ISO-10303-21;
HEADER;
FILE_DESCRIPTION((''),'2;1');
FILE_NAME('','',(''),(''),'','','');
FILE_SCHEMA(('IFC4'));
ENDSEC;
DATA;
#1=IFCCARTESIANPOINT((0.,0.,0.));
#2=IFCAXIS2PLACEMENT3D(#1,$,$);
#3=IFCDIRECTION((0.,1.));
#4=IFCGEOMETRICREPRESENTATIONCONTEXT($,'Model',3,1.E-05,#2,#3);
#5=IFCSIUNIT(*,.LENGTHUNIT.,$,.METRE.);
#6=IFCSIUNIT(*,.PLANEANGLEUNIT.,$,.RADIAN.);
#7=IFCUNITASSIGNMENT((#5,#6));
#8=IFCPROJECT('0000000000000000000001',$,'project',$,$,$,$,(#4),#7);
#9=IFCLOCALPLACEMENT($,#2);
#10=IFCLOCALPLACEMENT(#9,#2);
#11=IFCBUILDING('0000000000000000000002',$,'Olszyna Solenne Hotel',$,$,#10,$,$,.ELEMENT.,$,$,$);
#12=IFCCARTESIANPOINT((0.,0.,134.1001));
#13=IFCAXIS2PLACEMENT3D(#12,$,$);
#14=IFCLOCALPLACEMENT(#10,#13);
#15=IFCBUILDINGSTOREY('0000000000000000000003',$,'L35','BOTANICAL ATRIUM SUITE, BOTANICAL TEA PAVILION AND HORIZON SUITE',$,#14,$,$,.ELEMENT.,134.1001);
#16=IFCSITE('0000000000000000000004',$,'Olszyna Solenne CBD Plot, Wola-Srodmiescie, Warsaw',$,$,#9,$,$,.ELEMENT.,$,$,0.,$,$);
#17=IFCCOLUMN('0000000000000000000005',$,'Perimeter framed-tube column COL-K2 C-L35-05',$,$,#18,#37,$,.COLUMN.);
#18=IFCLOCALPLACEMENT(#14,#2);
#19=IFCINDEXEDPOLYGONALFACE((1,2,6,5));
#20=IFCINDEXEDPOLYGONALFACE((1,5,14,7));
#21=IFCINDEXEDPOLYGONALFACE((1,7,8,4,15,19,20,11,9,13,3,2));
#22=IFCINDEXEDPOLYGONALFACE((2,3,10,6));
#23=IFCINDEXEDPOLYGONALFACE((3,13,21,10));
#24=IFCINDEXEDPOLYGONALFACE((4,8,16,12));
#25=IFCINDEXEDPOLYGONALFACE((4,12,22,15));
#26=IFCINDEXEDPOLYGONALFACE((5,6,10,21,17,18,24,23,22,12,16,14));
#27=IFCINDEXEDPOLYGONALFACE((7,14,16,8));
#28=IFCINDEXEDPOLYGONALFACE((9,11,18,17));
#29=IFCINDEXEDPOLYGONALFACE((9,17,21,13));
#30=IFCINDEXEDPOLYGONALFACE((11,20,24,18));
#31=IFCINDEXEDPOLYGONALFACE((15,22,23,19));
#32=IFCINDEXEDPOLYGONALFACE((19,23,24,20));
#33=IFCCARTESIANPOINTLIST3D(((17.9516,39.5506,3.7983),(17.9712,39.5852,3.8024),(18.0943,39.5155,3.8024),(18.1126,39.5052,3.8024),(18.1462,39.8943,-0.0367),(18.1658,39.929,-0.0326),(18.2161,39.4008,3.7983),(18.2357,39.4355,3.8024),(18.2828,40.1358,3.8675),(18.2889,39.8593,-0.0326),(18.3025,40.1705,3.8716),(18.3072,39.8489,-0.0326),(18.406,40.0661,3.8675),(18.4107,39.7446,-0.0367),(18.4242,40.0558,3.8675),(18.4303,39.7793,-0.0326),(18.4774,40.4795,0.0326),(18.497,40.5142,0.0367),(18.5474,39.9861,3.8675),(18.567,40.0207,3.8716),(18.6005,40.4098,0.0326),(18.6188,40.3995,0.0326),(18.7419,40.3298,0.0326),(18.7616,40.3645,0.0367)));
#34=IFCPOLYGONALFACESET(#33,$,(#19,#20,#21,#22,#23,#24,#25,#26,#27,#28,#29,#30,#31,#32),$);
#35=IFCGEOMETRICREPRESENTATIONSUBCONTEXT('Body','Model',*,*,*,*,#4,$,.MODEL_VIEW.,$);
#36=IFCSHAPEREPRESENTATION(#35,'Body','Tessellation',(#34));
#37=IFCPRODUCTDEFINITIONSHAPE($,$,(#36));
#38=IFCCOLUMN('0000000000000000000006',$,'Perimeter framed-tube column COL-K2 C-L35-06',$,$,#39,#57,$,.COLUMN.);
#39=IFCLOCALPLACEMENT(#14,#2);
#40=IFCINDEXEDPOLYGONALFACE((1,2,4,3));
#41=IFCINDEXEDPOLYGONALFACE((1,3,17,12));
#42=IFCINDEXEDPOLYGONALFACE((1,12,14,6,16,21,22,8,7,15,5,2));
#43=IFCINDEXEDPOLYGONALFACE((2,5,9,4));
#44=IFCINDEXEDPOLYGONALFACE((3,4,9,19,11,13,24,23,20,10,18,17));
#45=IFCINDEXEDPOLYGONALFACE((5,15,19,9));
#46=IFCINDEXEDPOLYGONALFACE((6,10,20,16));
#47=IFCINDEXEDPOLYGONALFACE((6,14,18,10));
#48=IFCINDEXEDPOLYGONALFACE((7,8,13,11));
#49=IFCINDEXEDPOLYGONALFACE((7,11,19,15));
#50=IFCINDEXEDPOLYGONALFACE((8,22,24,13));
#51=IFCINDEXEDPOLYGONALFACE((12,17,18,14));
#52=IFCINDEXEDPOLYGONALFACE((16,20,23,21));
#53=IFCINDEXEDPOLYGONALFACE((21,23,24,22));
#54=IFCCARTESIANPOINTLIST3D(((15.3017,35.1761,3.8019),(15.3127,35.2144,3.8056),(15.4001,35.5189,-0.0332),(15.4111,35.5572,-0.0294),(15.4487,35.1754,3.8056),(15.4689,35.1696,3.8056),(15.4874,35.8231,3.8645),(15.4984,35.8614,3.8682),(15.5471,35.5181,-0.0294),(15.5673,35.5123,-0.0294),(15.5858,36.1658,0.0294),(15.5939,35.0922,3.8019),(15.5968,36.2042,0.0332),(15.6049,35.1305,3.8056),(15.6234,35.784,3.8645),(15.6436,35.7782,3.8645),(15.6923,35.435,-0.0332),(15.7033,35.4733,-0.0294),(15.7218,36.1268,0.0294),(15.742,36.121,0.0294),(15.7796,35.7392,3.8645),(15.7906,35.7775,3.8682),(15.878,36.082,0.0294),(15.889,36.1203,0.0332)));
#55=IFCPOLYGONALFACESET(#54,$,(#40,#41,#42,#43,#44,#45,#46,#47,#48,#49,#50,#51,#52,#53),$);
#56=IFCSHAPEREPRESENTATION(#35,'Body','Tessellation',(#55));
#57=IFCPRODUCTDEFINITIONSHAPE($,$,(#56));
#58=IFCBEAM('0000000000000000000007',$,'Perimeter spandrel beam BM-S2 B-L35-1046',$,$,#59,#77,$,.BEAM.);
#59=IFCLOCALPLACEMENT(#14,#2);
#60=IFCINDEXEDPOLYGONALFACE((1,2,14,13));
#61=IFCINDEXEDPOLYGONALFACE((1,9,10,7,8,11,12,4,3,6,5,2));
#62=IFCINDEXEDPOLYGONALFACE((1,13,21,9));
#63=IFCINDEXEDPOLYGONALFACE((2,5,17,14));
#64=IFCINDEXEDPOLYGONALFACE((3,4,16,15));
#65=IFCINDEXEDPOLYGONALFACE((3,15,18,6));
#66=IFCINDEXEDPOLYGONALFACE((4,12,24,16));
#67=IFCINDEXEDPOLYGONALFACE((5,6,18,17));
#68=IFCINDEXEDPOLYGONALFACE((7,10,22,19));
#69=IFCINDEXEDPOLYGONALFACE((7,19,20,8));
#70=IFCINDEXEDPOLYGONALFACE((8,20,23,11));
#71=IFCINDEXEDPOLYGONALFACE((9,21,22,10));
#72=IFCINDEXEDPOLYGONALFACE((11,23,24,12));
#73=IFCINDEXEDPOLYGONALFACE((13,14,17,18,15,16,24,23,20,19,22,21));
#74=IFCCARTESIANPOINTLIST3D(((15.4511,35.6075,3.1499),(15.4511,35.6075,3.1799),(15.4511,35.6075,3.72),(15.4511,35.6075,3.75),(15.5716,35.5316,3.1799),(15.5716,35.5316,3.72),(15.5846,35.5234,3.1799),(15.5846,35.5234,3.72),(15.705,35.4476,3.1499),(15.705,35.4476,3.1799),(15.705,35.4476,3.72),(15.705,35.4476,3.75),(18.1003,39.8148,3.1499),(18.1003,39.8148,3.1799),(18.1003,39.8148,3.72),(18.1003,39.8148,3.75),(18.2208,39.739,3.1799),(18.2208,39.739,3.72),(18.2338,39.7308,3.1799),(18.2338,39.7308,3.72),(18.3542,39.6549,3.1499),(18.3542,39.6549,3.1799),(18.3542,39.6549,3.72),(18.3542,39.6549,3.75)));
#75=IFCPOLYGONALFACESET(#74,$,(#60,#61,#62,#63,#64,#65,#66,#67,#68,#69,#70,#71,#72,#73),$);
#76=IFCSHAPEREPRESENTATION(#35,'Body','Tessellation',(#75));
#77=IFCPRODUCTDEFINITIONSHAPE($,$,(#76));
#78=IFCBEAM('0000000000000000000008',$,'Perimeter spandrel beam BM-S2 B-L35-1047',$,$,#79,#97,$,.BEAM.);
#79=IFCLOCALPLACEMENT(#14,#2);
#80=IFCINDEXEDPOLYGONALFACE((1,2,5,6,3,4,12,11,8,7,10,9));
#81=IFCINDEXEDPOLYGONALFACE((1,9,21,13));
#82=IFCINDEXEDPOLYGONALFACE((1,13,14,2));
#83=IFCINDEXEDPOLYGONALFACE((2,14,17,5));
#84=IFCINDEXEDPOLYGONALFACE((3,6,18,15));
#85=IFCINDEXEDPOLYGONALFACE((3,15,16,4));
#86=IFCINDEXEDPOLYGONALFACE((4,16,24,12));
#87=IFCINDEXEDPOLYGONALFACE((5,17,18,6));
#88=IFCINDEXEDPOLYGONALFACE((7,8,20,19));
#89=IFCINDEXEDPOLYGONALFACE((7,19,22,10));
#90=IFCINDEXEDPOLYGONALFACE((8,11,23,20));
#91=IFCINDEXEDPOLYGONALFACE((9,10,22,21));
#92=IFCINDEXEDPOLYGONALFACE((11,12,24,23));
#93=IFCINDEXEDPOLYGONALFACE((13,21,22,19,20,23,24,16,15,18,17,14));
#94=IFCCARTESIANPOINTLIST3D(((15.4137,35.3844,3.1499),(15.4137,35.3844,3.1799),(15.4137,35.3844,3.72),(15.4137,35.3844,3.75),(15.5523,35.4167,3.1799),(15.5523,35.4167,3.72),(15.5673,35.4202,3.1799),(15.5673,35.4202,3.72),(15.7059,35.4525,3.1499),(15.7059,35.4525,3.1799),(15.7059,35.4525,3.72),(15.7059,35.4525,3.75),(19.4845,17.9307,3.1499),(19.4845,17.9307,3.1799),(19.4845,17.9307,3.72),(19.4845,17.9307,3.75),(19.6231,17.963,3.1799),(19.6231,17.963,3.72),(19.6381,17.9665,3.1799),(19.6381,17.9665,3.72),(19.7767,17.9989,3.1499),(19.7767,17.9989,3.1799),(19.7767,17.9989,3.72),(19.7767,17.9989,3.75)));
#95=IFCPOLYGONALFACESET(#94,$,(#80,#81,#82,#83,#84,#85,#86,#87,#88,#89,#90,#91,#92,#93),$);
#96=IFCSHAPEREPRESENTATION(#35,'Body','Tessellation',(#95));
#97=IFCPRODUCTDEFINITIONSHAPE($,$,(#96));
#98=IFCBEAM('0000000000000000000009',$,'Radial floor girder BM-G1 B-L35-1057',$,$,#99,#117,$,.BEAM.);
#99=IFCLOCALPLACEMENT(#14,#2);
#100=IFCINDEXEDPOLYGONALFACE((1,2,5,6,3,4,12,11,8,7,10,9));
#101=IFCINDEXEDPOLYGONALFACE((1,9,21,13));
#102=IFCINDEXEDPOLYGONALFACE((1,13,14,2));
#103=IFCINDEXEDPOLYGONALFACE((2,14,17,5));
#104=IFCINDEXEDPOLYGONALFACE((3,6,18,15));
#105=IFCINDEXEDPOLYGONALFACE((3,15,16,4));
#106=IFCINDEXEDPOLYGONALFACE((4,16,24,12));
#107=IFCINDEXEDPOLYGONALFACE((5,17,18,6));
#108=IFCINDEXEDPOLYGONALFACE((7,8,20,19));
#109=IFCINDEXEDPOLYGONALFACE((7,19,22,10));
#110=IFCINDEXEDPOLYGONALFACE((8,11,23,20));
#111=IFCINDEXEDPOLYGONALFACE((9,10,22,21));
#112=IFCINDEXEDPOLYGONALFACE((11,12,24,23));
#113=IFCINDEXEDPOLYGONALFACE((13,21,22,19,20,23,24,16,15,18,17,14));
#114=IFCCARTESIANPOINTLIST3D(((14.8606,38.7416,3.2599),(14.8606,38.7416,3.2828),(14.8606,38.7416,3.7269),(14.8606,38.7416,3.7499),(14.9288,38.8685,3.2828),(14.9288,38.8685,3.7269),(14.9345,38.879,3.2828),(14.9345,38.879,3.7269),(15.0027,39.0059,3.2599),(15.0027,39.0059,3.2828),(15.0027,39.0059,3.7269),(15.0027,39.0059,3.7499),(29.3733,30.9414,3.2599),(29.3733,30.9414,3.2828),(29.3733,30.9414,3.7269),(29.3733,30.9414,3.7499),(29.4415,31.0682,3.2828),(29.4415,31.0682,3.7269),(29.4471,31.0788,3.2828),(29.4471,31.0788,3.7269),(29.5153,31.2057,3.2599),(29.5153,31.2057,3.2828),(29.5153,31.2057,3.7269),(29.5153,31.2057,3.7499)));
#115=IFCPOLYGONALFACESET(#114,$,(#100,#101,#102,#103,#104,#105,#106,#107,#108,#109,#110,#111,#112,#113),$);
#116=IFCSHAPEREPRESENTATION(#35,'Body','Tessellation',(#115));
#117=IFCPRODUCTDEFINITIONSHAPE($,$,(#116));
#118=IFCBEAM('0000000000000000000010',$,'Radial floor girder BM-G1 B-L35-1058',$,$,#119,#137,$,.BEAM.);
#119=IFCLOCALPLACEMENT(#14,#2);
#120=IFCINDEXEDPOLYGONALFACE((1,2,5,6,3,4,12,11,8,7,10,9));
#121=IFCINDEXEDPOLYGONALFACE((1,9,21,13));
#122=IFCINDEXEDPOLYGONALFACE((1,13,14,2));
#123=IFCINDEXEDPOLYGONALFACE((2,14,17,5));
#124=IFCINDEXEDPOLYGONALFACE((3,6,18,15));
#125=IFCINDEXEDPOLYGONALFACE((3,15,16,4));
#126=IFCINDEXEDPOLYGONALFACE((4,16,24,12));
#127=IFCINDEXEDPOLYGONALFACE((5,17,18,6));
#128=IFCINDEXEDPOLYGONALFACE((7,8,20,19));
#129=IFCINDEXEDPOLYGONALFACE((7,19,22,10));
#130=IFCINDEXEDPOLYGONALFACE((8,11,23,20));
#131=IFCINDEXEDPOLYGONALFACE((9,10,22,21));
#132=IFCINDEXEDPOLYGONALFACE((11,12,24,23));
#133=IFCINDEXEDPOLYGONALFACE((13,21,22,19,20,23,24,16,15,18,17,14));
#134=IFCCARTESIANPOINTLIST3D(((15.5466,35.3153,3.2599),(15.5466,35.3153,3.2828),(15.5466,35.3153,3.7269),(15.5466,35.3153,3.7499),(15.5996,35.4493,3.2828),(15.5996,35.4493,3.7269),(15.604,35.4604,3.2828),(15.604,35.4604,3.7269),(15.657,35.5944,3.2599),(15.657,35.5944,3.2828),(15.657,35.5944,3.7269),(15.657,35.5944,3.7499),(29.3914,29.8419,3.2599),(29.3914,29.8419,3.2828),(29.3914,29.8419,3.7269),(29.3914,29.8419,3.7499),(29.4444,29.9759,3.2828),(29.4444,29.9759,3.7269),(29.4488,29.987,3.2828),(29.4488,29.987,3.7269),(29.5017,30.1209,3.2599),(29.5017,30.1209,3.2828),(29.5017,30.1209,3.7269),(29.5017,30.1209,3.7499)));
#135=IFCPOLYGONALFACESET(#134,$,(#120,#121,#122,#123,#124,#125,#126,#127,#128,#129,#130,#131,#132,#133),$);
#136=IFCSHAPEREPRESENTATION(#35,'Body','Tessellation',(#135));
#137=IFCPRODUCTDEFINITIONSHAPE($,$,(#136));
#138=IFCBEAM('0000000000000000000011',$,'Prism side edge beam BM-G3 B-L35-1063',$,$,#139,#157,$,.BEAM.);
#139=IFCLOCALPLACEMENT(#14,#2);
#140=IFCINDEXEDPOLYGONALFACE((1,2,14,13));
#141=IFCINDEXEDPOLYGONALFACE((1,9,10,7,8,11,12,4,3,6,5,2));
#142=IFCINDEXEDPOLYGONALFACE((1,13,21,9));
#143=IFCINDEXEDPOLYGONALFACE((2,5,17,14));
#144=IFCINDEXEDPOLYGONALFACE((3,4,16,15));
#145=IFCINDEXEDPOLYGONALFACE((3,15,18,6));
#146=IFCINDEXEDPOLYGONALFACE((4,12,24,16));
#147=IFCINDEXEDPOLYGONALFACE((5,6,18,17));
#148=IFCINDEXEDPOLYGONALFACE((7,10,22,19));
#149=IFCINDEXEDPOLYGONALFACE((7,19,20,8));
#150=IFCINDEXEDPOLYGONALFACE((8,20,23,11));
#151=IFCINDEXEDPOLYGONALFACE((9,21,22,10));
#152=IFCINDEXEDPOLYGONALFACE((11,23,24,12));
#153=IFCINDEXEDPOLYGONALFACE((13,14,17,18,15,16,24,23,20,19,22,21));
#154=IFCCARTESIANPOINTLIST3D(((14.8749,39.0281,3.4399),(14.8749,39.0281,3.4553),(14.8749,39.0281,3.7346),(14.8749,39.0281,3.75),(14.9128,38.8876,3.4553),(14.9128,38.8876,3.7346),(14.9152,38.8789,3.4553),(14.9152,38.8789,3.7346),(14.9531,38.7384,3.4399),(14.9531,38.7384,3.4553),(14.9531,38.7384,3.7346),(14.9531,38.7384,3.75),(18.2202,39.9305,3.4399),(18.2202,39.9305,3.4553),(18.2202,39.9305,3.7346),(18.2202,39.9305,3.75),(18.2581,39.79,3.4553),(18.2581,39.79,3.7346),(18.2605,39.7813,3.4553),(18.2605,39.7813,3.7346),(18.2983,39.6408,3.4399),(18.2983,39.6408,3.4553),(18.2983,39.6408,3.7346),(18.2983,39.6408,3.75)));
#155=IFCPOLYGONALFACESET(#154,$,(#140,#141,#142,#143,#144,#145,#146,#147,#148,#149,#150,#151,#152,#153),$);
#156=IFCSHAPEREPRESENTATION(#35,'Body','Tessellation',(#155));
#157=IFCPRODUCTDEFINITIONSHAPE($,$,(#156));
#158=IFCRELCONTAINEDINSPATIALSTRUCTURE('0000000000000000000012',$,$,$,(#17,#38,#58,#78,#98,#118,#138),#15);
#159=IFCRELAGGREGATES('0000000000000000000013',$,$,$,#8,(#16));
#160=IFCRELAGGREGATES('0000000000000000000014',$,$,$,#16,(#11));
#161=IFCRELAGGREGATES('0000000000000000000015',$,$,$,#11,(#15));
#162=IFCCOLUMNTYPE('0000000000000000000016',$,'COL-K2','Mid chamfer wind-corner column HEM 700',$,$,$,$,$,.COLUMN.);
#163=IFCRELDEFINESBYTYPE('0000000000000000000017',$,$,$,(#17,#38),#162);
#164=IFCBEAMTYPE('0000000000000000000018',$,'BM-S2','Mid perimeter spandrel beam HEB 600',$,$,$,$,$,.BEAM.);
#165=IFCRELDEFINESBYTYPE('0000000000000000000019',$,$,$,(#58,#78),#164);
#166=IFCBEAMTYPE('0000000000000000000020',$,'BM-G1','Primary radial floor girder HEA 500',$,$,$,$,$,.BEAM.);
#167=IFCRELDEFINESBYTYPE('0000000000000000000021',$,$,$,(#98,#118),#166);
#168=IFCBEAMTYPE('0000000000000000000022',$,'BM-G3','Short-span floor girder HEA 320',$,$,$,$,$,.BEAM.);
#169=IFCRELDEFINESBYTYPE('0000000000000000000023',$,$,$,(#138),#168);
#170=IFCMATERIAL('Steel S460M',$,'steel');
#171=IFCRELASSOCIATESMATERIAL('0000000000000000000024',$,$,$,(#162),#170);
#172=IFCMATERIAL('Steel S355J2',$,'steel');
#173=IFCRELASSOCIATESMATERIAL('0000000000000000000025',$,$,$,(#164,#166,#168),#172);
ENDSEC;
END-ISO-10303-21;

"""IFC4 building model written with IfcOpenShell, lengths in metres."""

from ifc_helpers import new_model, si_unit, direction, frame, origin, origin_2d, place, context, subcontext, project, spatial, i_section, extrude, source, transform, mapped, material, material_profile, profile_set, type_object, element, save


model = new_model("IFC4")

# Units and contexts
model_context = context("Model", 3, precision=1e-05, world=origin(), true_north=direction((0.0, 1.0)))
body_context = subcontext(model_context, "Body", "Model", "MODEL_VIEW")
ifc_project = project(units=[si_unit("LENGTHUNIT", "METRE"), si_unit("PLANEANGLEUNIT", "RADIAN")], contexts=[model_context])

# Site, building, storey
site_placement = place(None, origin())
site = spatial("IfcSite", under=ifc_project, at=site_placement, Name="Olszyna Solenne CBD Plot, Wola-Srodmiescie, Warsaw", CompositionType="ELEMENT", RefElevation=0.0)
building_placement = place(site_placement, origin())
building = spatial("IfcBuilding", under=site, at=building_placement, Name="Olszyna Solenne Hotel", CompositionType="ELEMENT")
storey_placement = place(building_placement, frame((0.0, 0.0, 134.1001)))
storey = spatial("IfcBuildingStorey", under=building, at=storey_placement, Name="L35", Description="BOTANICAL ATRIUM SUITE, BOTANICAL TEA PAVILION AND HORIZON SUITE", CompositionType="ELEMENT", Elevation=134.1001)

# Columns
ifc_material_1 = material(Name="Steel S460M", Category="steel")
ifc_material_profile_1 = material_profile(ifc_material_1, i_section(OverallWidth=0.304, OverallDepth=0.7161, WebThickness=0.021, FlangeThickness=0.04, at=origin_2d()), Name="HEM 700", Category="load-bearing")
ifc_profile_set_1 = profile_set([ifc_material_profile_1], Name="Steel S460M")
column_type = type_object("IfcColumnType", Name="COL-K2", Description="Mid chamfer wind-corner column HEM 700", PredefinedType="COLUMN", material=ifc_profile_set_1)
shared_shape_1 = source(origin(), body_context, "Body", "SweptSolid", [
    extrude(i_section(OverallWidth=0.304, OverallDepth=0.7161, WebThickness=0.021, FlangeThickness=0.04, at=origin_2d()), origin(), (0.0, 0.0, 1.0), 3.8552),
])
column_1_placement = place(storey_placement, frame((18.4539, 40.1294, 0.0), z_axis=(-0.050471, -0.089164, 0.994737), x_axis=(0.870252, -0.492607, 0.0)))
element("IfcColumn", 1, at=column_1_placement, inside=storey, type_object=column_type, Name="Perimeter framed-tube column COL-K2 C-L35-05", PredefinedType="COLUMN", context=body_context, shape_type="MappedRepresentation", body=[
    mapped(shared_shape_1, transform((0.0, 0.0, 0.0), x_axis=(1.0, 0.0, 0.0), y_axis=(0.0, 1.0, 0.0), z_axis=(0.0, 0.0, 1.0), scale=1.0)),
])
shared_shape_2 = source(origin(), body_context, "Body", "SweptSolid", [
    extrude(i_section(OverallWidth=0.304, OverallDepth=0.7161, WebThickness=0.021, FlangeThickness=0.04, at=origin_2d()), origin(), (0.0, 0.0, 1.0), 3.8516),
])
column_2_placement = place(storey_placement, frame((15.6445, 35.8196, 0.0), z_axis=(-0.025546, -0.088997, 0.995704), x_axis=(0.961187, -0.275896, 0.0)))
element("IfcColumn", 2, at=column_2_placement, inside=storey, type_object=column_type, Name="Perimeter framed-tube column COL-K2 C-L35-06", PredefinedType="COLUMN", context=body_context, shape_type="MappedRepresentation", body=[
    mapped(shared_shape_2, transform((0.0, 0.0, 0.0), x_axis=(1.0, 0.0, 0.0), y_axis=(0.0, 1.0, 0.0), z_axis=(0.0, 0.0, 1.0), scale=1.0)),
])

# Beams
ifc_material_2 = material(Name="Steel S355J2", Category="steel")
ifc_material_profile_2 = material_profile(ifc_material_2, i_section(OverallWidth=0.3, OverallDepth=0.6001, WebThickness=0.0154, FlangeThickness=0.03, at=origin_2d()), Name="HEB 600", Category="load-bearing")
ifc_profile_set_2 = profile_set([ifc_material_profile_2], Name="Steel S355J2")
beam_type_1 = type_object("IfcBeamType", Name="BM-S2", Description="Mid perimeter spandrel beam HEB 600", PredefinedType="BEAM", material=ifc_profile_set_2)
shared_shape_3 = source(origin(), body_context, "Body", "SweptSolid", [
    extrude(i_section(OverallWidth=0.3, OverallDepth=0.6001, WebThickness=0.0154, FlangeThickness=0.03, at=origin_2d()), origin(), (0.0, 0.0, 1.0), 4.9719),
])
beam_1_placement = place(storey_placement, frame((18.2273, 39.7349, 3.45), z_axis=(-0.532834, -0.84622, 0.0), x_axis=(0.84622, -0.532834, 0.0)))
element("IfcBeam", 3, at=beam_1_placement, inside=storey, type_object=beam_type_1, Name="Perimeter spandrel beam BM-S2 B-L35-1046", PredefinedType="BEAM", context=body_context, shape_type="MappedRepresentation", body=[
    mapped(shared_shape_3, transform((0.0, 0.0, 0.0), x_axis=(1.0, 0.0, 0.0), y_axis=(0.0, 1.0, 0.0), z_axis=(0.0, 0.0, 1.0), scale=1.0)),
])
shared_shape_4 = source(origin(), body_context, "Body", "SweptSolid", [
    extrude(i_section(OverallWidth=0.3, OverallDepth=0.6001, WebThickness=0.0154, FlangeThickness=0.03, at=origin_2d()), origin(), (0.0, 0.0, 1.0), 17.9221),
])
beam_2_placement = place(storey_placement, frame((15.5598, 35.4185, 3.45), z_axis=(0.227139, -0.973862, 0.0), x_axis=(0.973862, 0.227139, 0.0)))
element("IfcBeam", 4, at=beam_2_placement, inside=storey, type_object=beam_type_1, Name="Perimeter spandrel beam BM-S2 B-L35-1047", PredefinedType="BEAM", context=body_context, shape_type="MappedRepresentation", body=[
    mapped(shared_shape_4, transform((0.0, 0.0, 0.0), x_axis=(1.0, 0.0, 0.0), y_axis=(0.0, 1.0, 0.0), z_axis=(0.0, 0.0, 1.0), scale=1.0)),
])
ifc_material_profile_3 = material_profile(ifc_material_2, i_section(OverallWidth=0.3, OverallDepth=0.49, WebThickness=0.012, FlangeThickness=0.0229, at=origin_2d()), Name="HEA 500", Category="load-bearing")
ifc_profile_set_3 = profile_set([ifc_material_profile_3], Name="Steel S355J2")
beam_type_2 = type_object("IfcBeamType", Name="BM-G1", Description="Primary radial floor girder HEA 500", PredefinedType="BEAM", material=ifc_profile_set_3)
shared_shape_5 = source(origin(), body_context, "Body", "SweptSolid", [
    extrude(i_section(OverallWidth=0.3, OverallDepth=0.49, WebThickness=0.012, FlangeThickness=0.0229, at=origin_2d()), origin(), (0.0, 0.0, 1.0), 16.4761),
])
beam_3_placement = place(storey_placement, frame((14.9316, 38.8738, 3.5049), z_axis=(0.880832, -0.47343, 0.0), x_axis=(0.47343, 0.880832, 0.0)))
element("IfcBeam", 5, at=beam_3_placement, inside=storey, type_object=beam_type_2, Name="Radial floor girder BM-G1 B-L35-1057", PredefinedType="BEAM", context=body_context, shape_type="MappedRepresentation", body=[
    mapped(shared_shape_5, transform((0.0, 0.0, 0.0), x_axis=(1.0, 0.0, 0.0), y_axis=(0.0, 1.0, 0.0), z_axis=(0.0, 0.0, 1.0), scale=1.0)),
])
shared_shape_6 = source(origin(), body_context, "Body", "SweptSolid", [
    extrude(i_section(OverallWidth=0.3, OverallDepth=0.49, WebThickness=0.012, FlangeThickness=0.0229, at=origin_2d()), origin(), (0.0, 0.0, 1.0), 14.8875),
])
beam_4_placement = place(storey_placement, frame((15.6018, 35.4548, 3.5049), z_axis=(0.929963, -0.367653, 0.0), x_axis=(0.367653, 0.929963, 0.0)))
element("IfcBeam", 6, at=beam_4_placement, inside=storey, type_object=beam_type_2, Name="Radial floor girder BM-G1 B-L35-1058", PredefinedType="BEAM", context=body_context, shape_type="MappedRepresentation", body=[
    mapped(shared_shape_6, transform((0.0, 0.0, 0.0), x_axis=(1.0, 0.0, 0.0), y_axis=(0.0, 1.0, 0.0), z_axis=(0.0, 0.0, 1.0), scale=1.0)),
])
ifc_material_profile_4 = material_profile(ifc_material_2, i_section(OverallWidth=0.3, OverallDepth=0.3101, WebThickness=0.009, FlangeThickness=0.0154, at=origin_2d()), Name="HEA 320", Category="load-bearing")
ifc_profile_set_4 = profile_set([ifc_material_profile_4], Name="Steel S355J2")
beam_type_3 = type_object("IfcBeamType", Name="BM-G3", Description="Short-span floor girder HEA 320", PredefinedType="BEAM", material=ifc_profile_set_4)
shared_shape_7 = source(origin(), body_context, "Body", "SweptSolid", [
    extrude(i_section(OverallWidth=0.3, OverallDepth=0.3101, WebThickness=0.009, FlangeThickness=0.0154, at=origin_2d()), origin(), (0.0, 0.0, 1.0), 3.4648),
])
beam_5_placement = place(storey_placement, frame((18.2593, 39.7856, 3.595), z_axis=(-0.965492, -0.260433, 0.0), x_axis=(0.260433, -0.965492, 0.0)))
element("IfcBeam", 7, at=beam_5_placement, inside=storey, type_object=beam_type_3, Name="Prism side edge beam BM-G3 B-L35-1063", PredefinedType="BEAM", context=body_context, shape_type="MappedRepresentation", body=[
    mapped(shared_shape_7, transform((0.0, 0.0, 0.0), x_axis=(1.0, 0.0, 0.0), y_axis=(0.0, 1.0, 0.0), z_axis=(0.0, 0.0, 1.0), scale=1.0)),
])

save(model, "model.ifc")
